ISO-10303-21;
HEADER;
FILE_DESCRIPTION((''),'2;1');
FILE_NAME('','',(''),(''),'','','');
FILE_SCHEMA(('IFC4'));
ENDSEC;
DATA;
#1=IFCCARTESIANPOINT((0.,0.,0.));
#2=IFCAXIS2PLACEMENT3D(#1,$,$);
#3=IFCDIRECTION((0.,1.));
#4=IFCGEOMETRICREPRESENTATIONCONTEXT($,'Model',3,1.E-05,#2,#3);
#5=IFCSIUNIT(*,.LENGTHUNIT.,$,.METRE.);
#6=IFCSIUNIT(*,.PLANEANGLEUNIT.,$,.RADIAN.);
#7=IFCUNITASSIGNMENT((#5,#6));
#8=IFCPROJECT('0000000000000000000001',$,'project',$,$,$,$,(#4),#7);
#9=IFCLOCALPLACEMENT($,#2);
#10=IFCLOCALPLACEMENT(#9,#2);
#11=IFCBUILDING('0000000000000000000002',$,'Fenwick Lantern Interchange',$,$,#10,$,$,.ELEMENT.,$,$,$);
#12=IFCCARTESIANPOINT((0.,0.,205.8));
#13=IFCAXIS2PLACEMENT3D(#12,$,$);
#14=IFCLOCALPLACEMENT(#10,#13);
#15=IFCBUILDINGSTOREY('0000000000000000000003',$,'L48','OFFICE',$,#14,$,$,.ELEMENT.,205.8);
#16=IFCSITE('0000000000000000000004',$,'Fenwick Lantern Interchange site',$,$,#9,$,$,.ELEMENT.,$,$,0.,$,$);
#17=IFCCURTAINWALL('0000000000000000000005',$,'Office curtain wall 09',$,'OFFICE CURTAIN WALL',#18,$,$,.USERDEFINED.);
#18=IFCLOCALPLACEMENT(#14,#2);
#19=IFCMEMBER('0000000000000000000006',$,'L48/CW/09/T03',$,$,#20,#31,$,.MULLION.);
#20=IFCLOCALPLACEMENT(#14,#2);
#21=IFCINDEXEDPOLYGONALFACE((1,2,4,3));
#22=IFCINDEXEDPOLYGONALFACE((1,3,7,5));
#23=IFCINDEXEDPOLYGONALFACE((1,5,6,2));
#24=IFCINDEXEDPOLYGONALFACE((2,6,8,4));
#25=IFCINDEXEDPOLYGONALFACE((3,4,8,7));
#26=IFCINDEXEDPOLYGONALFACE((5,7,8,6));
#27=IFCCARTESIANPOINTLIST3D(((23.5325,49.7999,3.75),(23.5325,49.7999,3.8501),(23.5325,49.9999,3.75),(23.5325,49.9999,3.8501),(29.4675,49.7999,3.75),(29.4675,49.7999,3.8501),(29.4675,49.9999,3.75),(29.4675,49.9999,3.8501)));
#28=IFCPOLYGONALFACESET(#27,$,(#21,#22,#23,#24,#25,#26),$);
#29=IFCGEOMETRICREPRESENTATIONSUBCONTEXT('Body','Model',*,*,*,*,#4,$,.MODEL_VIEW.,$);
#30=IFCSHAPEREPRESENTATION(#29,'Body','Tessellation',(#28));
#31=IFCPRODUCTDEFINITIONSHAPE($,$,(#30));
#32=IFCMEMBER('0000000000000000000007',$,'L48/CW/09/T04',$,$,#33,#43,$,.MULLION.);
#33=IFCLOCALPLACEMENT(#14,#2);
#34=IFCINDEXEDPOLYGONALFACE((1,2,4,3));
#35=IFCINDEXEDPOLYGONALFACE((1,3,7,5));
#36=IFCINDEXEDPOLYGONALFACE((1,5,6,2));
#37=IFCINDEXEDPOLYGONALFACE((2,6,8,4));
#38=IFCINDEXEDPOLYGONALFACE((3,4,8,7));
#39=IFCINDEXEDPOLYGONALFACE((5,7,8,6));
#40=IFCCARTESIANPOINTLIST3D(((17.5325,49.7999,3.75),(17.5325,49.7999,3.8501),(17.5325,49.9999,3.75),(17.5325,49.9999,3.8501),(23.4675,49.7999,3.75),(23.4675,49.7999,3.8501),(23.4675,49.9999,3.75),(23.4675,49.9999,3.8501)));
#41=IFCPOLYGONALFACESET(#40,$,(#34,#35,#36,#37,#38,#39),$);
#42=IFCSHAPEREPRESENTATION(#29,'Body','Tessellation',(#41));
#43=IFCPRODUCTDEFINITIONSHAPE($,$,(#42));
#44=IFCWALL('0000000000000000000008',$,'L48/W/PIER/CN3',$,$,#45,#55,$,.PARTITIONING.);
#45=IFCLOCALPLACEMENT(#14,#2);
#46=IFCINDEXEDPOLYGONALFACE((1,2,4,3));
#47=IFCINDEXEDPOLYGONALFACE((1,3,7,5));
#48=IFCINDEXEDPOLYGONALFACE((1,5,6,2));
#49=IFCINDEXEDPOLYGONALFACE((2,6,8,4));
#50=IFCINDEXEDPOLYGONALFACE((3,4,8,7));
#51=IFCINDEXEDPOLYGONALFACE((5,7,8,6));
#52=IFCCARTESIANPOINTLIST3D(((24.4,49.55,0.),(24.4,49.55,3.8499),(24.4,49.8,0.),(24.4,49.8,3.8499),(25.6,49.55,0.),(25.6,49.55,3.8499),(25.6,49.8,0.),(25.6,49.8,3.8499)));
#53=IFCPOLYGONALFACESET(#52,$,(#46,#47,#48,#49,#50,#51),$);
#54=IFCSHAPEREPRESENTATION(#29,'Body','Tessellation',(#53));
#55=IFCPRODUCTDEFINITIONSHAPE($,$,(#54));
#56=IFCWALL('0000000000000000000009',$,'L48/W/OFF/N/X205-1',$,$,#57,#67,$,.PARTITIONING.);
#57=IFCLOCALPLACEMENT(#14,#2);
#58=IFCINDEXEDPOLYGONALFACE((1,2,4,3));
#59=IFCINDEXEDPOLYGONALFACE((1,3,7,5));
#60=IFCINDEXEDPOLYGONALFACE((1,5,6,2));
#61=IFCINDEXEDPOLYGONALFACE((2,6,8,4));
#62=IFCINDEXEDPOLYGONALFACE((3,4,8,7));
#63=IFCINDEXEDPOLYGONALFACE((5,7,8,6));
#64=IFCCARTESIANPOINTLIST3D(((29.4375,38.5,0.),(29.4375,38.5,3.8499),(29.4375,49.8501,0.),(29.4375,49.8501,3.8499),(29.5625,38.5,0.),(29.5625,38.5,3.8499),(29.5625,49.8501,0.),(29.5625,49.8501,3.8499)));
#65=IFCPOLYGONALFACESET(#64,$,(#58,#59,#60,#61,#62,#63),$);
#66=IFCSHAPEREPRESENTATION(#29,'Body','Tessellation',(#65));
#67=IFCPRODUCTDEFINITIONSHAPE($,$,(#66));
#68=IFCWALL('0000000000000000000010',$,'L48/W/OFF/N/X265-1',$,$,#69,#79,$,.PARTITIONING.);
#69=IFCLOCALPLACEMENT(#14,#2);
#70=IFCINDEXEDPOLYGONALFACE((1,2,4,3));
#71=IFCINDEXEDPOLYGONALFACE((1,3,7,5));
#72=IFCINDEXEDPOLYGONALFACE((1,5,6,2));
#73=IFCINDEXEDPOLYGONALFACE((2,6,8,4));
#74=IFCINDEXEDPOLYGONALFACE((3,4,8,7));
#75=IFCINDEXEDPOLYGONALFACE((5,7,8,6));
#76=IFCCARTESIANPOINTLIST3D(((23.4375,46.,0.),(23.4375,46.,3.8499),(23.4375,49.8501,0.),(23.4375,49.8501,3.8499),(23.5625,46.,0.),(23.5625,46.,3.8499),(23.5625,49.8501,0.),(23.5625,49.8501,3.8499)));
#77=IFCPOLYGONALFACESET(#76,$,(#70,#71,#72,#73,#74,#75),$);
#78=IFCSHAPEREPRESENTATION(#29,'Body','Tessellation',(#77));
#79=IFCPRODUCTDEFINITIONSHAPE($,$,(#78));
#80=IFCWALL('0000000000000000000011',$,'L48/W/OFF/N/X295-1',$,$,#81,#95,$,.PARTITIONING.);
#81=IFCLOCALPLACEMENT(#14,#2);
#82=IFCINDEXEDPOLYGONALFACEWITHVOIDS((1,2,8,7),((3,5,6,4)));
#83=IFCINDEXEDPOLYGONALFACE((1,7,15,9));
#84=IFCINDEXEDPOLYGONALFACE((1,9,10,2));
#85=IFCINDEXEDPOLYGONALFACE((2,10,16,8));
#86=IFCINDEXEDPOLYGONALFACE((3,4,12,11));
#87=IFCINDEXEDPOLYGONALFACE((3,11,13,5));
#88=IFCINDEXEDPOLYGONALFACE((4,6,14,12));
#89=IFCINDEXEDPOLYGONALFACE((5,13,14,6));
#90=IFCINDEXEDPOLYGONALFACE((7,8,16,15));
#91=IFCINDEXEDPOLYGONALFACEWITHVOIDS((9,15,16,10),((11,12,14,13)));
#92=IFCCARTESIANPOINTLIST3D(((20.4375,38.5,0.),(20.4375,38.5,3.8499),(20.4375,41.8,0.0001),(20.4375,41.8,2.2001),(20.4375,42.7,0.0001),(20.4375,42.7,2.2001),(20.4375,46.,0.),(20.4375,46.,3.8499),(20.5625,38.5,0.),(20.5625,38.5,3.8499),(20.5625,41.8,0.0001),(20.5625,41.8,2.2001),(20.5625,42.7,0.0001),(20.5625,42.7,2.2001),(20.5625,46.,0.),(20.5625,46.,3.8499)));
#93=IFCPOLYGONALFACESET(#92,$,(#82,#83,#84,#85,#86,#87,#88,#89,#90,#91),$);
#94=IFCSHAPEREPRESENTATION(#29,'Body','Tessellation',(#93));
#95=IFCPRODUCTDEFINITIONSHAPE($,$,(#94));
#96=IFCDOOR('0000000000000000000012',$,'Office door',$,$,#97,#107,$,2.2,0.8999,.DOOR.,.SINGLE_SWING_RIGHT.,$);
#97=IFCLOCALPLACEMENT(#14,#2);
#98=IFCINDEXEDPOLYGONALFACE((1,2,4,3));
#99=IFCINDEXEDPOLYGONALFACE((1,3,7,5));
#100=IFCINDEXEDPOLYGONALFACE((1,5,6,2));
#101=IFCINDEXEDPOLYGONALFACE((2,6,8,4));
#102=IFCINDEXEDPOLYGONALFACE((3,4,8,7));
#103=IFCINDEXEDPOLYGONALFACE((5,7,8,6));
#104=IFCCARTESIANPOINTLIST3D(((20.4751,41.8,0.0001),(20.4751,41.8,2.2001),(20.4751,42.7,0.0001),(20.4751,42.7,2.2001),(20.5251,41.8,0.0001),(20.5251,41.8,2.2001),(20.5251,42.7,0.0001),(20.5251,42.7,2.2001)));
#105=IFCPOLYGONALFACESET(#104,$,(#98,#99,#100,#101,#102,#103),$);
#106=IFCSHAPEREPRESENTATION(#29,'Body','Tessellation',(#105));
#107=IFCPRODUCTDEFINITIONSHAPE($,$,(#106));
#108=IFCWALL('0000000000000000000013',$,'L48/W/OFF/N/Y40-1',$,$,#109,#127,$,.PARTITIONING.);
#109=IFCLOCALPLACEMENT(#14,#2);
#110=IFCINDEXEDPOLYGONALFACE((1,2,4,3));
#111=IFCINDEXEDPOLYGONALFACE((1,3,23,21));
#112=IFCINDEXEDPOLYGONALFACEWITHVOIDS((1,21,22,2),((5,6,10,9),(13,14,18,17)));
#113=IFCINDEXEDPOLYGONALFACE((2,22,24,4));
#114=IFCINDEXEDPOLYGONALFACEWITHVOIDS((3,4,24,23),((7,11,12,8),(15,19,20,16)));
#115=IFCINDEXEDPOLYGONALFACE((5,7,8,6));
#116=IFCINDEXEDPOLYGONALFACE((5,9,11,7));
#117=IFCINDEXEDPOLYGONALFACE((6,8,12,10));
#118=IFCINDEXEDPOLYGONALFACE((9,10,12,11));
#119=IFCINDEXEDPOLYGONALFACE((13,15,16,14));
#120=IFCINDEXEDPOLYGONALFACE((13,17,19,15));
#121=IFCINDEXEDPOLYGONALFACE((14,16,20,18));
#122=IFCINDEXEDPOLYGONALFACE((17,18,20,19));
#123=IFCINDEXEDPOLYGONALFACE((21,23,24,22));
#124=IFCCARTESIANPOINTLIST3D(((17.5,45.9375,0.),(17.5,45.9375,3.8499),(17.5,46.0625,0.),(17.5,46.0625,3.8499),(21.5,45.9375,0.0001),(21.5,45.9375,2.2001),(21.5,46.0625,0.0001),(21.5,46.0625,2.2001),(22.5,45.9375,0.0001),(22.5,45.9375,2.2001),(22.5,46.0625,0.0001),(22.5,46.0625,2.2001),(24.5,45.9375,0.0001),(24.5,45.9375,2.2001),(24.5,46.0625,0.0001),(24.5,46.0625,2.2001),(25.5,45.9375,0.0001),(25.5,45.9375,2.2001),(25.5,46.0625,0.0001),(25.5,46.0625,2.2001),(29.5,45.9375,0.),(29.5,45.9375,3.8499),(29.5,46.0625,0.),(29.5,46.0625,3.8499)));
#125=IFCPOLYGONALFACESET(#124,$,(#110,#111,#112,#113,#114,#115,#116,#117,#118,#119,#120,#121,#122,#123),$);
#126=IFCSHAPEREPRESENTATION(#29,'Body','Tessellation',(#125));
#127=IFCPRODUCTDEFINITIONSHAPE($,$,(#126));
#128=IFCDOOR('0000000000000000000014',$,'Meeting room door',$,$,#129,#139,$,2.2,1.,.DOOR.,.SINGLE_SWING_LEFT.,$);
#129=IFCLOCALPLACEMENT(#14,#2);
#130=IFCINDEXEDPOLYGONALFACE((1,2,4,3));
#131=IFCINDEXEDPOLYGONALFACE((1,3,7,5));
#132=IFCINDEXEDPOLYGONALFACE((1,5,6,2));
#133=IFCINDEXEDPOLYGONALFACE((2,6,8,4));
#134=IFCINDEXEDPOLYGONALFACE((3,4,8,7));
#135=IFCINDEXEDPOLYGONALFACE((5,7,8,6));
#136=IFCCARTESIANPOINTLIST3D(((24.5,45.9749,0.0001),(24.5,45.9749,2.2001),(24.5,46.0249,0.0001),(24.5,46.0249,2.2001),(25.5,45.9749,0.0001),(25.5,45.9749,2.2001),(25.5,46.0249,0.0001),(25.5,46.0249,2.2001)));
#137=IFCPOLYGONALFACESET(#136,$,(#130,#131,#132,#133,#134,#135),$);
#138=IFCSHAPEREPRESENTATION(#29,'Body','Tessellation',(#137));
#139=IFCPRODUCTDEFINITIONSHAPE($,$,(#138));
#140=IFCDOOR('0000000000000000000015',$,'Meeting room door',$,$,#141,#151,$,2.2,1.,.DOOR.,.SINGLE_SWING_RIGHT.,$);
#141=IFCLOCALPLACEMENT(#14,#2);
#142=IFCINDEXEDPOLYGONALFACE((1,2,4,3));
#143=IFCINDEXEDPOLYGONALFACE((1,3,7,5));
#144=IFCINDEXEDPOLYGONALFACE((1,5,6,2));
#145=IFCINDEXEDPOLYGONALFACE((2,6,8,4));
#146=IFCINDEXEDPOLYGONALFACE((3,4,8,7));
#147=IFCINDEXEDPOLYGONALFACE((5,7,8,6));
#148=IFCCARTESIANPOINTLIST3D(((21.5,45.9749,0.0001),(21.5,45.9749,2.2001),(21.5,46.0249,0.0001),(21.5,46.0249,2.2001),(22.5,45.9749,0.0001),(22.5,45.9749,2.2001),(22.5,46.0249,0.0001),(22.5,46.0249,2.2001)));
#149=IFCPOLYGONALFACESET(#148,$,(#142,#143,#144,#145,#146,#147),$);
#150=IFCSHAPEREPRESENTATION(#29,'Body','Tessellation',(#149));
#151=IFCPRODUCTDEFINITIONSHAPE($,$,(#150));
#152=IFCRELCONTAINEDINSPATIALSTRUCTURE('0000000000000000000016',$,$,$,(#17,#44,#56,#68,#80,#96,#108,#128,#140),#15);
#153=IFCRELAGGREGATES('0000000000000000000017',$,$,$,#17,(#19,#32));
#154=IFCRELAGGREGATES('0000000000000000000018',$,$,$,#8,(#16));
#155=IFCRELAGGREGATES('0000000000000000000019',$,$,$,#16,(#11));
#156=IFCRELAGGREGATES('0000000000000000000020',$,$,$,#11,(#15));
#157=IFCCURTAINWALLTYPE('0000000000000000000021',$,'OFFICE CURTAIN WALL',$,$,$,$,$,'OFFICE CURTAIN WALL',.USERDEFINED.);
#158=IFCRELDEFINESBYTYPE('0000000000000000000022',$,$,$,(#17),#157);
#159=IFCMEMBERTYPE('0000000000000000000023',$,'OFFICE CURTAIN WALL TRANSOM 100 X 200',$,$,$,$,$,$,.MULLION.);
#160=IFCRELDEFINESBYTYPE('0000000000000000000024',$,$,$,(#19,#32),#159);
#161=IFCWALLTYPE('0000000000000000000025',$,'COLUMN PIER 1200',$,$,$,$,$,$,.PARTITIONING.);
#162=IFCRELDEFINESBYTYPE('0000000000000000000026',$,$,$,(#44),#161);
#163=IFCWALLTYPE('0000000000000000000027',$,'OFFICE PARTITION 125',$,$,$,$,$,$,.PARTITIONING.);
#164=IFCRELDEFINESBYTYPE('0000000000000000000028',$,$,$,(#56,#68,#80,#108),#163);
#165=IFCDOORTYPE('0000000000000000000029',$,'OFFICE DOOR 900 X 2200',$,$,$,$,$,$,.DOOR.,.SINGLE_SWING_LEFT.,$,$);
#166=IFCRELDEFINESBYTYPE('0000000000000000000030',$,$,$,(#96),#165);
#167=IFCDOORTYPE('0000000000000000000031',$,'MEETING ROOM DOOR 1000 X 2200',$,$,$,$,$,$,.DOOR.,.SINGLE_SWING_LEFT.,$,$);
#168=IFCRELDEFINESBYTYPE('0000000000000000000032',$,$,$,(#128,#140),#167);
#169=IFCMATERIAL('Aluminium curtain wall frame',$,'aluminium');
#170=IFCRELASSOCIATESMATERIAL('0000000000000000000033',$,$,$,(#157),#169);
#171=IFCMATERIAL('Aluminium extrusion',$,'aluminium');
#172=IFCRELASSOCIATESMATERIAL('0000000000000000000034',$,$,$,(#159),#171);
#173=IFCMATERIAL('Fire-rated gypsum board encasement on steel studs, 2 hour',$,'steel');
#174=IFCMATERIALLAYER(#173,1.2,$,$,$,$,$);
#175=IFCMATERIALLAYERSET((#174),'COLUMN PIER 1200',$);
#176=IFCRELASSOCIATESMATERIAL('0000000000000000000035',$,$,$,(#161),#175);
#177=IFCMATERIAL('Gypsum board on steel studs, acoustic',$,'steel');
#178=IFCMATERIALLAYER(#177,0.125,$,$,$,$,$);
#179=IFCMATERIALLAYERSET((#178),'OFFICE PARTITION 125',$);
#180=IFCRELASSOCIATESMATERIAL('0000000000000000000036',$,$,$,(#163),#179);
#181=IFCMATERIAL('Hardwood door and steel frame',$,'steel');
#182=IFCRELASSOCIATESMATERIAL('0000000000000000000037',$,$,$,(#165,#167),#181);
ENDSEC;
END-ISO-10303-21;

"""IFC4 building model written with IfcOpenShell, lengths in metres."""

from ifc_helpers import new_model, si_unit, direction, frame, frame_2d, origin, origin_2d, place, context, subcontext, project, spatial, rectangle, extrude, material, layer, layer_set, material_profile, profile_set, type_object, element, fill, aggregate, save


model = new_model("IFC4")

# Units and contexts
model_context = context("Model", 3, precision=1e-05, world=origin(), true_north=direction((0.0, 1.0)))
body_context = subcontext(model_context, "Body", "Model", "MODEL_VIEW")
ifc_project = project(units=[si_unit("LENGTHUNIT", "METRE"), si_unit("PLANEANGLEUNIT", "RADIAN")], contexts=[model_context])

# Site, building, storey
site_placement = place(None, origin())
site = spatial("IfcSite", under=ifc_project, at=site_placement, Name="Fenwick Lantern Interchange site", CompositionType="ELEMENT", RefElevation=0.0)
building_placement = place(site_placement, origin())
building = spatial("IfcBuilding", under=site, at=building_placement, Name="Fenwick Lantern Interchange", CompositionType="ELEMENT")
storey_placement = place(building_placement, frame((0.0, 0.0, 205.8)))
storey = spatial("IfcBuildingStorey", under=building, at=storey_placement, Name="L48", Description="OFFICE", CompositionType="ELEMENT", Elevation=205.8)

# Curtain wall, members
ifc_material_1 = material(Name="Aluminium curtain wall frame", Category="aluminium")
curtain_wall_type = type_object("IfcCurtainWallType", Name="OFFICE CURTAIN WALL", ElementType="OFFICE CURTAIN WALL", PredefinedType="USERDEFINED", material=ifc_material_1)
curtain_wall_placement = place(storey_placement, origin())
curtain_wall = element("IfcCurtainWall", 1, at=curtain_wall_placement, inside=storey, type_object=curtain_wall_type, Name="Office curtain wall 09", ObjectType="OFFICE CURTAIN WALL", PredefinedType="USERDEFINED")
ifc_material_2 = material(Name="Aluminium extrusion", Category="aluminium")
ifc_material_profile_1 = material_profile(ifc_material_2, rectangle(XDim=0.2, YDim=0.1001, at=origin_2d()), Name="OFFICE CURTAIN WALL TRANSOM 100 X 200")
ifc_profile_set_1 = profile_set([ifc_material_profile_1], Name="Aluminium extrusion")
member_type_1 = type_object("IfcMemberType", Name="OFFICE CURTAIN WALL TRANSOM 100 X 200", PredefinedType="MULLION", material=ifc_profile_set_1)
member_1_placement = place(storey_placement, frame((29.4675, 49.8999, 3.8), z_axis=(-1.0, 0.0, 0.0), x_axis=(0.0, -1.0, 0.0)))
member_1 = element("IfcMember", 2, at=member_1_placement, type_object=member_type_1, Name="L48/CW/09/T03", PredefinedType="MULLION", context=body_context, shape_type="SweptSolid", body=[
    extrude(rectangle(XDim=0.2, YDim=0.1001, at=origin_2d()), origin(), (0.0, 0.0, 1.0), 5.9351),
])
member_2_placement = place(storey_placement, frame((23.4675, 49.8999, 3.8), z_axis=(-1.0, 0.0, 0.0), x_axis=(0.0, -1.0, 0.0)))
member_2 = element("IfcMember", 3, at=member_2_placement, type_object=member_type_1, Name="L48/CW/09/T04", PredefinedType="MULLION", context=body_context, shape_type="SweptSolid", body=[
    extrude(rectangle(XDim=0.2, YDim=0.1001, at=origin_2d()), origin(), (0.0, 0.0, 1.0), 5.9351),
])
aggregate(curtain_wall, [member_1, member_2])

# Walls
ifc_material_3 = material(Name="Fire-rated gypsum board encasement on steel studs, 2 hour", Category="steel")
ifc_layer_1 = layer(ifc_material_3, 1.2)
ifc_layer_set_1 = layer_set([ifc_layer_1], Name="COLUMN PIER 1200")
wall_type_1 = type_object("IfcWallType", Name="COLUMN PIER 1200", PredefinedType="PARTITIONING", material=ifc_layer_set_1)
wall_1_placement = place(storey_placement, frame((25.0, 49.8, 0.0), z_axis=(0.0, 0.0, 1.0), x_axis=(0.0, -1.0, 0.0)))
element("IfcWall", 4, at=wall_1_placement, inside=storey, type_object=wall_type_1, Name="L48/W/PIER/CN3", PredefinedType="PARTITIONING", context=body_context, shape_type="SweptSolid", body=[
    extrude(rectangle(XDim=0.25, YDim=1.2, at=frame_2d((0.125, 0.0))), origin(), (0.0, 0.0, 1.0), 3.8499),
])
ifc_material_4 = material(Name="Gypsum board on steel studs, acoustic", Category="steel")
ifc_layer_2 = layer(ifc_material_4, 0.125)
ifc_layer_set_2 = layer_set([ifc_layer_2], Name="OFFICE PARTITION 125")
wall_type_2 = type_object("IfcWallType", Name="OFFICE PARTITION 125", PredefinedType="PARTITIONING", material=ifc_layer_set_2)
wall_2_placement = place(storey_placement, frame((29.5, 49.8501, 0.0), z_axis=(0.0, 0.0, 1.0), x_axis=(0.0, -1.0, 0.0)))
element("IfcWall", 5, at=wall_2_placement, inside=storey, type_object=wall_type_2, Name="L48/W/OFF/N/X205-1", PredefinedType="PARTITIONING", context=body_context, shape_type="SweptSolid", body=[
    extrude(rectangle(XDim=11.3501, YDim=0.125, at=frame_2d((5.675, 0.0))), origin(), (0.0, 0.0, 1.0), 3.8499),
])
wall_3_placement = place(storey_placement, frame((23.5, 49.8501, 0.0), z_axis=(0.0, 0.0, 1.0), x_axis=(0.0, -1.0, 0.0)))
element("IfcWall", 6, at=wall_3_placement, inside=storey, type_object=wall_type_2, Name="L48/W/OFF/N/X265-1", PredefinedType="PARTITIONING", context=body_context, shape_type="SweptSolid", body=[
    extrude(rectangle(XDim=3.8501, YDim=0.125, at=frame_2d((1.925, 0.0))), origin(), (0.0, 0.0, 1.0), 3.8499),
])

# Wall, opening, door
wall_4_placement = place(storey_placement, frame((20.5, 46.0, 0.0), z_axis=(0.0, 0.0, 1.0), x_axis=(0.0, -1.0, 0.0)))
wall_4 = element("IfcWall", 7, at=wall_4_placement, inside=storey, type_object=wall_type_2, Name="L48/W/OFF/N/X295-1", PredefinedType="PARTITIONING", context=body_context, shape_type="SweptSolid", body=[
    extrude(rectangle(XDim=7.5, YDim=0.125, at=frame_2d((3.75, 0.0))), origin(), (0.0, 0.0, 1.0), 3.8499),
])
opening_1_placement = place(wall_4_placement, frame((3.3, 0.0, 0.0)))
opening_1 = element("IfcOpeningElement", 8, at=opening_1_placement, cuts=wall_4, PredefinedType="OPENING", context=body_context, shape_type="SweptSolid", body=[
    extrude(rectangle(XDim=0.8999, YDim=2.2, at=frame_2d((0.45, 1.1001))), frame((0.0, 0.0725, 0.0), z_axis=(0.0, -1.0, 0.0), x_axis=(1.0, 0.0, 0.0)), (0.0, 0.0, 1.0), 0.145),
])
ifc_material_5 = material(Name="Hardwood door and steel frame", Category="steel")
door_type_1 = type_object("IfcDoorType", Name="OFFICE DOOR 900 X 2200", OperationType="SINGLE_SWING_LEFT", PredefinedType="DOOR", material=ifc_material_5)
door_1_placement = place(opening_1_placement, frame((0.8999, 0.0, 0.0), z_axis=(0.0, 0.0, 1.0), x_axis=(-1.0, 0.0, 0.0)))
door_1 = element("IfcDoor", 9, at=door_1_placement, inside=storey, type_object=door_type_1, Name="Office door", OperationType="SINGLE_SWING_RIGHT", OverallHeight=2.2, OverallWidth=0.8999, PredefinedType="DOOR", context=body_context, shape_type="SweptSolid", body=[
    extrude(rectangle(XDim=0.8999, YDim=2.2, at=frame_2d((0.45, 1.1001))), frame((0.0, 0.0249, 0.0), z_axis=(0.0, -1.0, 0.0), x_axis=(1.0, 0.0, 0.0)), (0.0, 0.0, 1.0), 0.05),
])
fill(opening_1, door_1)

# Wall, openings, doors
wall_5_placement = place(storey_placement, frame((29.5, 46.0, 0.0), z_axis=(0.0, 0.0, 1.0), x_axis=(-1.0, 0.0, 0.0)))
wall_5 = element("IfcWall", 10, at=wall_5_placement, inside=storey, type_object=wall_type_2, Name="L48/W/OFF/N/Y40-1", PredefinedType="PARTITIONING", context=body_context, shape_type="SweptSolid", body=[
    extrude(rectangle(XDim=12.0, YDim=0.125, at=frame_2d((6.0, 0.0))), origin(), (0.0, 0.0, 1.0), 3.8499),
])
opening_2_placement = place(wall_5_placement, frame((4.0, 0.0, 0.0)))
opening_2 = element("IfcOpeningElement", 11, at=opening_2_placement, cuts=wall_5, PredefinedType="OPENING", context=body_context, shape_type="SweptSolid", body=[
    extrude(rectangle(XDim=1.0, YDim=2.2, at=frame_2d((0.5, 1.1001))), frame((0.0, 0.0725, 0.0), z_axis=(0.0, -1.0, 0.0), x_axis=(1.0, 0.0, 0.0)), (0.0, 0.0, 1.0), 0.145),
])
opening_3_placement = place(wall_5_placement, frame((7.0, 0.0, 0.0)))
opening_3 = element("IfcOpeningElement", 12, at=opening_3_placement, cuts=wall_5, PredefinedType="OPENING", context=body_context, shape_type="SweptSolid", body=[
    extrude(rectangle(XDim=1.0, YDim=2.2, at=frame_2d((0.5, 1.1001))), frame((0.0, 0.0725, 0.0), z_axis=(0.0, -1.0, 0.0), x_axis=(1.0, 0.0, 0.0)), (0.0, 0.0, 1.0), 0.145),
])
door_type_2 = type_object("IfcDoorType", Name="MEETING ROOM DOOR 1000 X 2200", OperationType="SINGLE_SWING_LEFT", PredefinedType="DOOR", material=ifc_material_5)
door_2_placement = place(opening_2_placement, frame((1.0, 0.0, 0.0), z_axis=(0.0, 0.0, 1.0), x_axis=(-1.0, 0.0, 0.0)))
door_2 = element("IfcDoor", 13, at=door_2_placement, inside=storey, type_object=door_type_2, Name="Meeting room door", OperationType="SINGLE_SWING_LEFT", OverallHeight=2.2, OverallWidth=1.0, PredefinedType="DOOR", context=body_context, shape_type="SweptSolid", body=[
    extrude(rectangle(XDim=1.0, YDim=2.2, at=frame_2d((0.5, 1.1001))), frame((0.0, 0.0249, 0.0), z_axis=(0.0, -1.0, 0.0), x_axis=(1.0, 0.0, 0.0)), (0.0, 0.0, 1.0), 0.05),
])
fill(opening_2, door_2)
door_3_placement = place(opening_3_placement, frame((1.0, 0.0, 0.0), z_axis=(0.0, 0.0, 1.0), x_axis=(-1.0, 0.0, 0.0)))
door_3 = element("IfcDoor", 14, at=door_3_placement, inside=storey, type_object=door_type_2, Name="Meeting room door", OperationType="SINGLE_SWING_RIGHT", OverallHeight=2.2, OverallWidth=1.0, PredefinedType="DOOR", context=body_context, shape_type="SweptSolid", body=[
    extrude(rectangle(XDim=1.0, YDim=2.2, at=frame_2d((0.5, 1.1001))), frame((0.0, 0.0249, 0.0), z_axis=(0.0, -1.0, 0.0), x_axis=(1.0, 0.0, 0.0)), (0.0, 0.0, 1.0), 0.05),
])
fill(opening_3, door_3)

save(model, "model.ifc")
